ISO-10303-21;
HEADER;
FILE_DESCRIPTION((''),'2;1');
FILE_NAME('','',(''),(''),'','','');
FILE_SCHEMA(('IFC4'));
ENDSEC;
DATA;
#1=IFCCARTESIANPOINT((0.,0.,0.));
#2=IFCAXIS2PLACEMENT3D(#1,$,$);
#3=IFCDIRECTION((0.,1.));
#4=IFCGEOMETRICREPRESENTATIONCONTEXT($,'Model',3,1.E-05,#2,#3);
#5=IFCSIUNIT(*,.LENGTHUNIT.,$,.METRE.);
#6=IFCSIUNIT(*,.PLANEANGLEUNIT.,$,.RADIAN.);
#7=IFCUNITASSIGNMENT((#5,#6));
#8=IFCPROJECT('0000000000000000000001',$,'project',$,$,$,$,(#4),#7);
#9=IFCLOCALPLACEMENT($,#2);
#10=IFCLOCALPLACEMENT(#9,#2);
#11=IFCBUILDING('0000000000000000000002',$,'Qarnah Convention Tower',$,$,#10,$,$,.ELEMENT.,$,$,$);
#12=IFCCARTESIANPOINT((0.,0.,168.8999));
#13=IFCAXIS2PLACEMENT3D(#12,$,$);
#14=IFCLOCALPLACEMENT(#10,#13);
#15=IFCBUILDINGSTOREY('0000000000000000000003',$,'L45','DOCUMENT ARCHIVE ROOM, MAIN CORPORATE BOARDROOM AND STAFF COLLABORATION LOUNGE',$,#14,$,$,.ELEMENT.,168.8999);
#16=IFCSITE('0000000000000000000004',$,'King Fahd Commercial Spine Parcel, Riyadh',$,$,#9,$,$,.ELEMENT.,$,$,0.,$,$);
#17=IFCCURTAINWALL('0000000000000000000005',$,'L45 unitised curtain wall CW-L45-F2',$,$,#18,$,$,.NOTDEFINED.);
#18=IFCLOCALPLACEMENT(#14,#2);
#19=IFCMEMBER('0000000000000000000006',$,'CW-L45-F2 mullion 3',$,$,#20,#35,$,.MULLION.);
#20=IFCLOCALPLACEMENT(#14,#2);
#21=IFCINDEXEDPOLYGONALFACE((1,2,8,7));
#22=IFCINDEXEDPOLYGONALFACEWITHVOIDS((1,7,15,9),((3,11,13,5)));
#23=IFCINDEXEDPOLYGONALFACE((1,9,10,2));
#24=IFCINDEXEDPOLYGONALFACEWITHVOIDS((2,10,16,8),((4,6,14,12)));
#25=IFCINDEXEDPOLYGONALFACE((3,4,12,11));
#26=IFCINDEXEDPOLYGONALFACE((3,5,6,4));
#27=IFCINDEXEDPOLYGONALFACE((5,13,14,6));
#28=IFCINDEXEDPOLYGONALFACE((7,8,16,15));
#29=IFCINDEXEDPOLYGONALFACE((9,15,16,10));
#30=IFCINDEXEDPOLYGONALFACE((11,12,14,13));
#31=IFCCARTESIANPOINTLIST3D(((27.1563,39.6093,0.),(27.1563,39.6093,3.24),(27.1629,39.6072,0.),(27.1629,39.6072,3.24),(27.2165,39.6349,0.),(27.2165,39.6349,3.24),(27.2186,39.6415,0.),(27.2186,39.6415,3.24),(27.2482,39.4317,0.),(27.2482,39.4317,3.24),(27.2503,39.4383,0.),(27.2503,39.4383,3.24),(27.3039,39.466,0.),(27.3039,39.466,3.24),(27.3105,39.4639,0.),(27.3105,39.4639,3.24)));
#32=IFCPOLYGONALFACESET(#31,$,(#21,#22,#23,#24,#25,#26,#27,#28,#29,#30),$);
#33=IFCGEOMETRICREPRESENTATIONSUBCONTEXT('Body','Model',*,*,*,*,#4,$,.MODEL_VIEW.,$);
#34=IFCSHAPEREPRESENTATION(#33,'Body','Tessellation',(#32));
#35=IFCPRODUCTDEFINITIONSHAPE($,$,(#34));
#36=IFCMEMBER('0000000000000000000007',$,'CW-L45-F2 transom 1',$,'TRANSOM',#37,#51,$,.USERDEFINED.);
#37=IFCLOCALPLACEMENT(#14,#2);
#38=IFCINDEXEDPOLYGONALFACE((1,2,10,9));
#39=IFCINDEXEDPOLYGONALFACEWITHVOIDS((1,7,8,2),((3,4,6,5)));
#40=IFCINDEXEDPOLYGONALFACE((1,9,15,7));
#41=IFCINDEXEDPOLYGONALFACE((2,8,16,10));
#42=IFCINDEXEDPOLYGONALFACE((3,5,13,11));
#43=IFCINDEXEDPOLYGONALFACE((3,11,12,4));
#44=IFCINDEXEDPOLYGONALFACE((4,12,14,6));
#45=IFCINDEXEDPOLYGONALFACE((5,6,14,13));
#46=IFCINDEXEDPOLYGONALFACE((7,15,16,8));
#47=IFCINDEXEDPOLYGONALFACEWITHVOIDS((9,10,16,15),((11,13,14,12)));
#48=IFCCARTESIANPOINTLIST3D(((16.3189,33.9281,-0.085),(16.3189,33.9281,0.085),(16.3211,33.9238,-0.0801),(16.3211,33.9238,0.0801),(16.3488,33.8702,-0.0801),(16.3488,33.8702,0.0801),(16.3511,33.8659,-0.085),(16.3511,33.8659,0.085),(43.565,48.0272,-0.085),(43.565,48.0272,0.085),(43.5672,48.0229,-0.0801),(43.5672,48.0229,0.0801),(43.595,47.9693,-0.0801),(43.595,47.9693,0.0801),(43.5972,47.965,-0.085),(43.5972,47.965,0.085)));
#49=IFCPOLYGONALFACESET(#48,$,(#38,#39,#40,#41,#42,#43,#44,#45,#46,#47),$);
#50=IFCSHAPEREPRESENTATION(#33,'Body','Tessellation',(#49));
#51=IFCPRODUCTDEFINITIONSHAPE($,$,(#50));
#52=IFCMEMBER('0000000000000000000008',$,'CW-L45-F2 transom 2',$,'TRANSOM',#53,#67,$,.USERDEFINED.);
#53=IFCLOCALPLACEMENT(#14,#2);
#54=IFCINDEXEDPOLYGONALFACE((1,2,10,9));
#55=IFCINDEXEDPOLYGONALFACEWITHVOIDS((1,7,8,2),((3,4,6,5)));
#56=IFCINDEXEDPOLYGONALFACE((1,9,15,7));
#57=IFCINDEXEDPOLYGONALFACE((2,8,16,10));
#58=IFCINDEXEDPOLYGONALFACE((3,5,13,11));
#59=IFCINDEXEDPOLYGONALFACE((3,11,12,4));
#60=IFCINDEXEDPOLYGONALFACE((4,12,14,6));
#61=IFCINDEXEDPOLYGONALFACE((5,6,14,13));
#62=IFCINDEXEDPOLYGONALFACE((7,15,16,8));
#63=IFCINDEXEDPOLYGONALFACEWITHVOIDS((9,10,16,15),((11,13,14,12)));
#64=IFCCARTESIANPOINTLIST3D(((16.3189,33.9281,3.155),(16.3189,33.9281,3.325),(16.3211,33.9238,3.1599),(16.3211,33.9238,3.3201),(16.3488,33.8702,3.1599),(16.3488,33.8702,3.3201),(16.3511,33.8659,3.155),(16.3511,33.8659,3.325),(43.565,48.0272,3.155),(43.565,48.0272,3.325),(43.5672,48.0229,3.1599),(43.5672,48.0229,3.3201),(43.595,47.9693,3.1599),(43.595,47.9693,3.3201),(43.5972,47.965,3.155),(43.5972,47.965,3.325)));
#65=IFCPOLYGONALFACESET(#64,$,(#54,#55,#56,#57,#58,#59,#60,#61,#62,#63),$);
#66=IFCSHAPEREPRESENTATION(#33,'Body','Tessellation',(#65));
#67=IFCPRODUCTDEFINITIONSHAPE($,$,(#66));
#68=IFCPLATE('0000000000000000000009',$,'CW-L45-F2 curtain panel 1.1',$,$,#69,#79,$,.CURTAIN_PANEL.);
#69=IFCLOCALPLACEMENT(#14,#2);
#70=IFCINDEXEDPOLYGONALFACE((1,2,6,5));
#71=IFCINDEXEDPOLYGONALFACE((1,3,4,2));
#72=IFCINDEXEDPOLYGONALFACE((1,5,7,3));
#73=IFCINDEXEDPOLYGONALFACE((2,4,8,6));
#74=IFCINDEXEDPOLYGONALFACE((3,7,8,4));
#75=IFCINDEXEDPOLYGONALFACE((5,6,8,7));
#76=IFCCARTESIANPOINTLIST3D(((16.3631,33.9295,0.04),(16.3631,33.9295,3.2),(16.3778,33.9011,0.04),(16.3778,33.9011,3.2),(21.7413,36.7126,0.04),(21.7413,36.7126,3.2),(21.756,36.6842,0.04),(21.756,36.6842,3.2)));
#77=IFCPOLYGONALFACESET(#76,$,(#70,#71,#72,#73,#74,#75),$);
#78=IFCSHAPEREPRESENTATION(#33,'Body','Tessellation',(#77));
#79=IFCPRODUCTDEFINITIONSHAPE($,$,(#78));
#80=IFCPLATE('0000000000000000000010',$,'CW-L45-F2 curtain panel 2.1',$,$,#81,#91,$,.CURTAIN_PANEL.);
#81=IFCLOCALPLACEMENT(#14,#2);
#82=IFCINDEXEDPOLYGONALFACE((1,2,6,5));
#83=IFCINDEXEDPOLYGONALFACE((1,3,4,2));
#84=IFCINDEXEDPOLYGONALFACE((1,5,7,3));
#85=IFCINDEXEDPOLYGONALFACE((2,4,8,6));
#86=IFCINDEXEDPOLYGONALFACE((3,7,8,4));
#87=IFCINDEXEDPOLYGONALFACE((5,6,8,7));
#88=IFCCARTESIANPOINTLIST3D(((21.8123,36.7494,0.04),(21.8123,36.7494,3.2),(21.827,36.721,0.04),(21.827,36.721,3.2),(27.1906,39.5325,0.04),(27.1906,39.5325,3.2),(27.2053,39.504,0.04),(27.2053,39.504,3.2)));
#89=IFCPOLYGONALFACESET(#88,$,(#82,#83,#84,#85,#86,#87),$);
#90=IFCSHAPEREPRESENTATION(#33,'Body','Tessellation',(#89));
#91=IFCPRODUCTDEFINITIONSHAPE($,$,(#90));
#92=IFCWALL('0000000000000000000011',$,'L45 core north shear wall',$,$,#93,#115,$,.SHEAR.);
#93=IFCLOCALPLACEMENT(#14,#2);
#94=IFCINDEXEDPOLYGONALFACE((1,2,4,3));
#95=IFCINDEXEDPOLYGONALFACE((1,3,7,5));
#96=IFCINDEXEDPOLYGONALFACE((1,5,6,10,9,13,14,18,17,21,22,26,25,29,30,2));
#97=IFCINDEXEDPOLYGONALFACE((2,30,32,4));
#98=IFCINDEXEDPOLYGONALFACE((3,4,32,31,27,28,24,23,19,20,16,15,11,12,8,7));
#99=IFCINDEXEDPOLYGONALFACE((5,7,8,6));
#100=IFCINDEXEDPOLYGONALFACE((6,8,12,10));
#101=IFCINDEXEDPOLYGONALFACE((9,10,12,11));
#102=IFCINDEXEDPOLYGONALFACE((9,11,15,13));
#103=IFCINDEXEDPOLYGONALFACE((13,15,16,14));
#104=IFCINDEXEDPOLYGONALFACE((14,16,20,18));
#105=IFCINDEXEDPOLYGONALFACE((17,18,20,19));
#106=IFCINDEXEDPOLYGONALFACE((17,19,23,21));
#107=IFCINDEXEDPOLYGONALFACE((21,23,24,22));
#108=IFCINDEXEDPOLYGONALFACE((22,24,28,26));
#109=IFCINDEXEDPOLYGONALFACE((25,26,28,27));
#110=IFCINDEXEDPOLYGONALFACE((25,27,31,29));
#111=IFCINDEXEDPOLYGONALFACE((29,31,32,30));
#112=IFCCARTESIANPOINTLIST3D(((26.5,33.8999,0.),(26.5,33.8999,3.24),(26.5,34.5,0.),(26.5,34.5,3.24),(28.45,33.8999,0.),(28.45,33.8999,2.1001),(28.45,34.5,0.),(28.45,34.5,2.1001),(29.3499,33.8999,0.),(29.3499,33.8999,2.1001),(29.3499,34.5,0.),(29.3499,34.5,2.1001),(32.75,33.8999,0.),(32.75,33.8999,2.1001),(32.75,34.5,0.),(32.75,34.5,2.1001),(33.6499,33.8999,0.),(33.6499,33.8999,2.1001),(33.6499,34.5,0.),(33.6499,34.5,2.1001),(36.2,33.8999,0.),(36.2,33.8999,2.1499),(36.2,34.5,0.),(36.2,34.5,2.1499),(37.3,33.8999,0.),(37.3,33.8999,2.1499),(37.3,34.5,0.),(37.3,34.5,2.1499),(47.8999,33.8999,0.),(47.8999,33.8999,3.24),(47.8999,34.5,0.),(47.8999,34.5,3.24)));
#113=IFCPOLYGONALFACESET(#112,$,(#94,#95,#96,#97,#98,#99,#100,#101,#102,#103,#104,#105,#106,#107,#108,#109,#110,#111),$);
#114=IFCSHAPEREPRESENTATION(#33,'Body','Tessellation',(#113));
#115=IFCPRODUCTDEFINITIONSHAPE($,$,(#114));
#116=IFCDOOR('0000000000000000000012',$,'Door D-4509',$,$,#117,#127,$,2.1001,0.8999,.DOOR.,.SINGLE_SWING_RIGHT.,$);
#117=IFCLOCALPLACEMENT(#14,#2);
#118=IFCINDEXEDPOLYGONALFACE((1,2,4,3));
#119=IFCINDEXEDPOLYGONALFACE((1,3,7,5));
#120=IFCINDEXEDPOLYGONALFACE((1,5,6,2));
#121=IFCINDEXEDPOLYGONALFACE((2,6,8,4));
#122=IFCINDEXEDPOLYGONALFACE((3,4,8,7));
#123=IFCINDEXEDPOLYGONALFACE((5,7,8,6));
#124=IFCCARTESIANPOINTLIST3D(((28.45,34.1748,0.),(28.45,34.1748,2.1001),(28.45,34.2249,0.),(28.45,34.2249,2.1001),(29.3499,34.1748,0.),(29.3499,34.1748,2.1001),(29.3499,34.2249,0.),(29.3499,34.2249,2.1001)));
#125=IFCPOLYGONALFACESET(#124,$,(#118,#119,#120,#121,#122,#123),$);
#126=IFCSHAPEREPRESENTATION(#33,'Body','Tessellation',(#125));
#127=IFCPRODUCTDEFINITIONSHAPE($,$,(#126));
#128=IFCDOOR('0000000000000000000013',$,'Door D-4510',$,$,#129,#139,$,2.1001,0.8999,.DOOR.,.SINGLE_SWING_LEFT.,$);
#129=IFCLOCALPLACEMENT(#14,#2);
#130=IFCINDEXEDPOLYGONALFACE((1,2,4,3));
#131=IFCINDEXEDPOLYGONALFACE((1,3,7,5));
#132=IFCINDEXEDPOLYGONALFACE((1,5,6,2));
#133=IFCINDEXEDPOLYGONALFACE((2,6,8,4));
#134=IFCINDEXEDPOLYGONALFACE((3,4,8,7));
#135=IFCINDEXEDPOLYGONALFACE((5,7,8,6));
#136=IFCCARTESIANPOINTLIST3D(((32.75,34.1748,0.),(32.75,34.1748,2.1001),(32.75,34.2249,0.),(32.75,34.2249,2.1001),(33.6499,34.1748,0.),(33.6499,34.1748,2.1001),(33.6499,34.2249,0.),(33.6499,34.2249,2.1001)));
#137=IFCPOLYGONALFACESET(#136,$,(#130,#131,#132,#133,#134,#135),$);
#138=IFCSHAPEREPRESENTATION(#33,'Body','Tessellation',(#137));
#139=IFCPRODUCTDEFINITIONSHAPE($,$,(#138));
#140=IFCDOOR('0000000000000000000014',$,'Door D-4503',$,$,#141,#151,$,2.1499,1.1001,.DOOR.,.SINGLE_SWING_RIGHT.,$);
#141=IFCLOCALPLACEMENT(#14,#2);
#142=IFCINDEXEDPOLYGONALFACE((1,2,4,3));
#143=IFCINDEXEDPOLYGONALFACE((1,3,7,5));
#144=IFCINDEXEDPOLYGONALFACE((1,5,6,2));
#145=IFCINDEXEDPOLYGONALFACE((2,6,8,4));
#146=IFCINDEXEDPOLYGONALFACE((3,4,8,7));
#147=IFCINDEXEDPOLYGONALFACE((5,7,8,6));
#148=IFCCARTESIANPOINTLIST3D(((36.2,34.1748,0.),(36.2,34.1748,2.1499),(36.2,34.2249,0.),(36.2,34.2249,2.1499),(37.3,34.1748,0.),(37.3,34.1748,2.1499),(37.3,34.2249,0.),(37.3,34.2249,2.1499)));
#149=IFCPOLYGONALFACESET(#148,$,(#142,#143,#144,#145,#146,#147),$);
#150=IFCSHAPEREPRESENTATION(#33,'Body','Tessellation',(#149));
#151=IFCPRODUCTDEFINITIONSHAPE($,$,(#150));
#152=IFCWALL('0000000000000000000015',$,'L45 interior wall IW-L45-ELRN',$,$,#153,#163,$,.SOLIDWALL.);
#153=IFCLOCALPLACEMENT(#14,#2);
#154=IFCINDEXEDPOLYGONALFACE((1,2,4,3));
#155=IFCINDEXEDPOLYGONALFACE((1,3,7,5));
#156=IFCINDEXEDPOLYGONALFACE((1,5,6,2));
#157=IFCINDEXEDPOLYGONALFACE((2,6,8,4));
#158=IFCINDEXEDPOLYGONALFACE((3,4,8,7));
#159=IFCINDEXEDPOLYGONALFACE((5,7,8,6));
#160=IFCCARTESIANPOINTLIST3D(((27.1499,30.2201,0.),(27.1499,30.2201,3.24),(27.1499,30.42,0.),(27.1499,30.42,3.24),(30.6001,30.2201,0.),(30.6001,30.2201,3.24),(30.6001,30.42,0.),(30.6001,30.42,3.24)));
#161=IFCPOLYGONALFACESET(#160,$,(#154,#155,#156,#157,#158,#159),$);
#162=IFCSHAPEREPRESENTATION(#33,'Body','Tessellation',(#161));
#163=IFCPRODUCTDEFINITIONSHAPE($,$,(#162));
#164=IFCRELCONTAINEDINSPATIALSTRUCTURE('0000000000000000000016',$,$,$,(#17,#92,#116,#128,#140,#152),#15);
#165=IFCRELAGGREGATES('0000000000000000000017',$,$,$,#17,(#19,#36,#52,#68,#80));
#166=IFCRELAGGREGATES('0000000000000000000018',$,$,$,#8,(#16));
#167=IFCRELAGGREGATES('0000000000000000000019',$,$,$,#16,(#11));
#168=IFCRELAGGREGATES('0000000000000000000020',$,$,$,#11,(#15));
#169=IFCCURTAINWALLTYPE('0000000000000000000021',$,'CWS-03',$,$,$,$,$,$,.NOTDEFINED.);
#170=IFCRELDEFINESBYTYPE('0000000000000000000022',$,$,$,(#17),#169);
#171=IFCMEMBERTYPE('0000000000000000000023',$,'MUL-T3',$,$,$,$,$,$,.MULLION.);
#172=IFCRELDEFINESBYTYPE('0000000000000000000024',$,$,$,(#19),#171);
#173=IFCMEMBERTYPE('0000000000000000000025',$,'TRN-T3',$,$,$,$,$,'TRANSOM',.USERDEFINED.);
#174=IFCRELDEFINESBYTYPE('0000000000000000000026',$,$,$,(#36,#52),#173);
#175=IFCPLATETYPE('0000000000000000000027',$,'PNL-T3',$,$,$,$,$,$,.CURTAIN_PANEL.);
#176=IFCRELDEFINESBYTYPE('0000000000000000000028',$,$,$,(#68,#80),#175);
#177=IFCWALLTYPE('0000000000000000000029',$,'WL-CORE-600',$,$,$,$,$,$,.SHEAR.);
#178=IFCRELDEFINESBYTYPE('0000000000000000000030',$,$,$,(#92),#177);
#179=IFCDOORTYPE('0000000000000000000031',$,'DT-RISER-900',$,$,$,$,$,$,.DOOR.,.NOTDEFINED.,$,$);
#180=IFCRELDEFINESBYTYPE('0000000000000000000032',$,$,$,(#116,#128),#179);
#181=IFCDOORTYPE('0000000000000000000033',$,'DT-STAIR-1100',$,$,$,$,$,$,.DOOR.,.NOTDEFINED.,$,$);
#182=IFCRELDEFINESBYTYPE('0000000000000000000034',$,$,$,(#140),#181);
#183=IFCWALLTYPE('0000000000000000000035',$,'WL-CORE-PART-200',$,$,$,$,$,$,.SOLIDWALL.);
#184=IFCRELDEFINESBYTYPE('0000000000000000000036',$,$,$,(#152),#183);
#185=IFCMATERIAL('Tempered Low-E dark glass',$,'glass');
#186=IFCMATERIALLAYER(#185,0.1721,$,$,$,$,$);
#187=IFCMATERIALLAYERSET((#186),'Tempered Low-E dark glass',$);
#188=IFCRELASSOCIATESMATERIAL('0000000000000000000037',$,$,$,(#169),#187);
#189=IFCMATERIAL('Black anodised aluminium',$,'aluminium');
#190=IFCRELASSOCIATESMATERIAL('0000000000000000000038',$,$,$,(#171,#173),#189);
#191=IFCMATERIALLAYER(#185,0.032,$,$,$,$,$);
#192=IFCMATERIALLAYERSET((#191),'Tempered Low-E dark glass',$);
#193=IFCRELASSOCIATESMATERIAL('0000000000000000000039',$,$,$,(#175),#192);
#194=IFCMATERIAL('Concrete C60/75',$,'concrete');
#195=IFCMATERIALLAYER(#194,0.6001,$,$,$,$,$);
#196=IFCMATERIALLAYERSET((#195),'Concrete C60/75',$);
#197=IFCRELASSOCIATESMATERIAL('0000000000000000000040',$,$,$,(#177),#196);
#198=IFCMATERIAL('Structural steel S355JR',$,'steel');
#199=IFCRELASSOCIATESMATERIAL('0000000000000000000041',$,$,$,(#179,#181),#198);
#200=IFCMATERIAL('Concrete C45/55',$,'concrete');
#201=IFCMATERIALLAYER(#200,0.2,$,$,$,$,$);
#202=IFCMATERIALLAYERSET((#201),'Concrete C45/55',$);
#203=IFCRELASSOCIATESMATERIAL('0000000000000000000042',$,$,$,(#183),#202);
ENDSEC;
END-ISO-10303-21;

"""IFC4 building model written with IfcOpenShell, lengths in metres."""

from ifc_helpers import new_model, si_unit, direction, frame, frame_2d, origin, origin_2d, place, context, subcontext, project, spatial, rectangle, hollow_rectangle, extrude, material, layer, layer_set, material_profile, profile_set, type_object, element, fill, aggregate, save


model = new_model("IFC4")

# Units and contexts
model_context = context("Model", 3, precision=1e-05, world=origin(), true_north=direction((0.0, 1.0)))
body_context = subcontext(model_context, "Body", "Model", "MODEL_VIEW")
ifc_project = project(units=[si_unit("LENGTHUNIT", "METRE"), si_unit("PLANEANGLEUNIT", "RADIAN")], contexts=[model_context])

# Site, building, storey
site_placement = place(None, origin())
site = spatial("IfcSite", under=ifc_project, at=site_placement, Name="King Fahd Commercial Spine Parcel, Riyadh", CompositionType="ELEMENT", RefElevation=0.0)
building_placement = place(site_placement, origin())
building = spatial("IfcBuilding", under=site, at=building_placement, Name="Qarnah Convention Tower", CompositionType="ELEMENT")
storey_placement = place(building_placement, frame((0.0, 0.0, 168.8999)))
storey = spatial("IfcBuildingStorey", under=building, at=storey_placement, Name="L45", Description="DOCUMENT ARCHIVE ROOM, MAIN CORPORATE BOARDROOM AND STAFF COLLABORATION LOUNGE", CompositionType="ELEMENT", Elevation=168.8999)

# Shared definitions
ifc_material_1 = material(Name="Concrete C60/75", Category="concrete")

# Shared definitions
ifc_material_2 = material(Name="Structural steel S355JR", Category="steel")

# Curtain wall, members, plates
ifc_material_3 = material(Name="Tempered Low-E dark glass", Category="glass")
ifc_layer_1 = layer(ifc_material_3, 0.1721)
ifc_layer_set_1 = layer_set([ifc_layer_1], Name="Tempered Low-E dark glass")
curtain_wall_type = type_object("IfcCurtainWallType", Name="CWS-03", PredefinedType="NOTDEFINED", material=ifc_layer_set_1)
curtain_wall_placement = place(storey_placement, origin())
curtain_wall = element("IfcCurtainWall", 1, at=curtain_wall_placement, inside=storey, type_object=curtain_wall_type, Name="L45 unitised curtain wall CW-L45-F2", PredefinedType="NOTDEFINED")
ifc_material_4 = material(Name="Black anodised aluminium", Category="aluminium")
ifc_material_profile_1 = material_profile(ifc_material_4, hollow_rectangle(XDim=0.0701, YDim=0.2, WallThickness=0.0049, at=origin_2d()), Name="MUL-70X200")
ifc_profile_set_1 = profile_set([ifc_material_profile_1], Name="Black anodised aluminium")
member_type_1 = type_object("IfcMemberType", Name="MUL-T3", PredefinedType="MULLION", material=ifc_profile_set_1)
member_1_placement = place(storey_placement, frame((27.2334, 39.5366, 0.0), z_axis=(0.0, 0.0, 1.0), x_axis=(0.888135, 0.459583, 0.0)))
member_1 = element("IfcMember", 2, at=member_1_placement, type_object=member_type_1, Name="CW-L45-F2 mullion 3", PredefinedType="MULLION", context=body_context, shape_type="SweptSolid", body=[
    extrude(hollow_rectangle(XDim=0.0701, YDim=0.2, WallThickness=0.0049, at=origin_2d()), origin(), (0.0, 0.0, 1.0), 3.24),
])
ifc_material_profile_2 = material_profile(ifc_material_4, hollow_rectangle(XDim=0.0701, YDim=0.1699, WallThickness=0.0049, at=origin_2d()), Name="TRN-70X170")
ifc_profile_set_2 = profile_set([ifc_material_profile_2], Name="Black anodised aluminium")
member_type_2 = type_object("IfcMemberType", Name="TRN-T3", ElementType="TRANSOM", PredefinedType="USERDEFINED", material=ifc_profile_set_2)
member_2_placement = place(storey_placement, frame((16.335, 33.897, 0.0), z_axis=(0.888134, 0.459585, 0.0), x_axis=(-0.459585, 0.888134, 0.0)))
member_2 = element("IfcMember", 3, at=member_2_placement, type_object=member_type_2, Name="CW-L45-F2 transom 1", ObjectType="TRANSOM", PredefinedType="USERDEFINED", context=body_context, shape_type="SweptSolid", body=[
    extrude(hollow_rectangle(XDim=0.0701, YDim=0.1699, WallThickness=0.0049, at=origin_2d()), origin(), (0.0, 0.0, 1.0), 30.678),
])
member_3_placement = place(storey_placement, frame((16.335, 33.897, 3.24), z_axis=(0.888134, 0.459585, 0.0), x_axis=(-0.459585, 0.888134, 0.0)))
member_3 = element("IfcMember", 4, at=member_3_placement, type_object=member_type_2, Name="CW-L45-F2 transom 2", ObjectType="TRANSOM", PredefinedType="USERDEFINED", context=body_context, shape_type="SweptSolid", body=[
    extrude(hollow_rectangle(XDim=0.0701, YDim=0.1699, WallThickness=0.0049, at=origin_2d()), origin(), (0.0, 0.0, 1.0), 30.678),
])
ifc_layer_2 = layer(ifc_material_3, 0.032)
ifc_layer_set_2 = layer_set([ifc_layer_2], Name="Tempered Low-E dark glass")
plate_type = type_object("IfcPlateType", Name="PNL-T3", PredefinedType="CURTAIN_PANEL", material=ifc_layer_set_2)
plate_1_placement = place(storey_placement, frame((19.0596, 35.3069, 0.04), z_axis=(0.0, 0.0, 1.0), x_axis=(0.888135, 0.459583, 0.0)))
plate_1 = element("IfcPlate", 5, at=plate_1_placement, type_object=plate_type, Name="CW-L45-F2 curtain panel 1.1", PredefinedType="CURTAIN_PANEL", context=body_context, shape_type="SweptSolid", body=[
    extrude(rectangle(XDim=6.0557, YDim=0.032, at=origin_2d()), origin(), (0.0, 0.0, 1.0), 3.1599),
])
plate_2_placement = place(storey_placement, frame((24.5088, 38.1267, 0.04), z_axis=(0.0, 0.0, 1.0), x_axis=(0.888135, 0.459583, 0.0)))
plate_2 = element("IfcPlate", 6, at=plate_2_placement, type_object=plate_type, Name="CW-L45-F2 curtain panel 2.1", PredefinedType="CURTAIN_PANEL", context=body_context, shape_type="SweptSolid", body=[
    extrude(rectangle(XDim=6.0557, YDim=0.032, at=origin_2d()), origin(), (0.0, 0.0, 1.0), 3.1599),
])
aggregate(curtain_wall, [member_1, member_2, member_3, plate_1, plate_2])

# Wall, openings, doors
ifc_layer_3 = layer(ifc_material_1, 0.6001)
ifc_layer_set_3 = layer_set([ifc_layer_3], Name="Concrete C60/75")
wall_type_1 = type_object("IfcWallType", Name="WL-CORE-600", PredefinedType="SHEAR", material=ifc_layer_set_3)
wall_1_placement = place(storey_placement, frame((26.5, 34.2, 0.0), z_axis=(0.0, 0.0, 1.0), x_axis=(1.0, 0.0, 0.0)))
wall_1 = element("IfcWall", 7, at=wall_1_placement, inside=storey, type_object=wall_type_1, Name="L45 core north shear wall", PredefinedType="SHEAR", context=body_context, shape_type="SweptSolid", body=[
    extrude(rectangle(XDim=21.3999, YDim=0.6001, at=frame_2d((10.7, 0.0))), origin(), (0.0, 0.0, 1.0), 3.24),
])
opening_1_placement = place(wall_1_placement, frame((9.7, 0.0, 0.0)))
opening_1 = element("IfcOpeningElement", 8, at=opening_1_placement, cuts=wall_1, PredefinedType="OPENING", context=body_context, shape_type="SweptSolid", body=[
    extrude(rectangle(XDim=1.1001, YDim=2.1499, at=frame_2d((0.55, 1.075))), frame((0.0, 0.3101, 0.0), z_axis=(0.0, -1.0, 0.0), x_axis=(1.0, 0.0, 0.0)), (0.0, 0.0, 1.0), 0.6201),
])
opening_2_placement = place(wall_1_placement, frame((1.95, 0.0, 0.0)))
opening_2 = element("IfcOpeningElement", 9, at=opening_2_placement, cuts=wall_1, PredefinedType="OPENING", context=body_context, shape_type="SweptSolid", body=[
    extrude(rectangle(XDim=0.8999, YDim=2.1001, at=frame_2d((0.45, 1.05))), frame((0.0, 0.3101, 0.0), z_axis=(0.0, -1.0, 0.0), x_axis=(1.0, 0.0, 0.0)), (0.0, 0.0, 1.0), 0.6201),
])
opening_3_placement = place(wall_1_placement, frame((6.25, 0.0, 0.0)))
opening_3 = element("IfcOpeningElement", 10, at=opening_3_placement, cuts=wall_1, PredefinedType="OPENING", context=body_context, shape_type="SweptSolid", body=[
    extrude(rectangle(XDim=0.8999, YDim=2.1001, at=frame_2d((0.45, 1.05))), frame((0.0, 0.3101, 0.0), z_axis=(0.0, -1.0, 0.0), x_axis=(1.0, 0.0, 0.0)), (0.0, 0.0, 1.0), 0.6201),
])
door_type_1 = type_object("IfcDoorType", Name="DT-RISER-900", OperationType="NOTDEFINED", PredefinedType="DOOR", material=ifc_material_2)
door_1_placement = place(opening_2_placement, origin())
door_1 = element("IfcDoor", 11, at=door_1_placement, inside=storey, type_object=door_type_1, Name="Door D-4509", OperationType="SINGLE_SWING_RIGHT", OverallHeight=2.1001, OverallWidth=0.8999, PredefinedType="DOOR", context=body_context, shape_type="SweptSolid", body=[
    extrude(rectangle(XDim=0.8999, YDim=2.1001, at=frame_2d((0.45, 1.05))), frame((0.0, 0.0249, 0.0), z_axis=(0.0, -1.0, 0.0), x_axis=(1.0, 0.0, 0.0)), (0.0, 0.0, 1.0), 0.05),
])
fill(opening_2, door_1)
door_2_placement = place(opening_3_placement, origin())
door_2 = element("IfcDoor", 12, at=door_2_placement, inside=storey, type_object=door_type_1, Name="Door D-4510", OperationType="SINGLE_SWING_LEFT", OverallHeight=2.1001, OverallWidth=0.8999, PredefinedType="DOOR", context=body_context, shape_type="SweptSolid", body=[
    extrude(rectangle(XDim=0.8999, YDim=2.1001, at=frame_2d((0.45, 1.05))), frame((0.0, 0.0249, 0.0), z_axis=(0.0, -1.0, 0.0), x_axis=(1.0, 0.0, 0.0)), (0.0, 0.0, 1.0), 0.05),
])
fill(opening_3, door_2)
door_type_2 = type_object("IfcDoorType", Name="DT-STAIR-1100", OperationType="NOTDEFINED", PredefinedType="DOOR", material=ifc_material_2)
door_3_placement = place(opening_1_placement, origin())
door_3 = element("IfcDoor", 13, at=door_3_placement, inside=storey, type_object=door_type_2, Name="Door D-4503", OperationType="SINGLE_SWING_RIGHT", OverallHeight=2.1499, OverallWidth=1.1001, PredefinedType="DOOR", context=body_context, shape_type="SweptSolid", body=[
    extrude(rectangle(XDim=1.1001, YDim=2.1499, at=frame_2d((0.55, 1.075))), frame((0.0, 0.0249, 0.0), z_axis=(0.0, -1.0, 0.0), x_axis=(1.0, 0.0, 0.0)), (0.0, 0.0, 1.0), 0.05),
])
fill(opening_1, door_3)

# Wall
ifc_material_5 = material(Name="Concrete C45/55", Category="concrete")
ifc_layer_4 = layer(ifc_material_5, 0.2)
ifc_layer_set_4 = layer_set([ifc_layer_4], Name="Concrete C45/55")
wall_type_2 = type_object("IfcWallType", Name="WL-CORE-PART-200", PredefinedType="SOLIDWALL", material=ifc_layer_set_4)
wall_2_placement = place(storey_placement, frame((27.1499, 30.3201, 0.0), z_axis=(0.0, 0.0, 1.0), x_axis=(1.0, 0.0, 0.0)))
element("IfcWall", 14, at=wall_2_placement, inside=storey, type_object=wall_type_2, Name="L45 interior wall IW-L45-ELRN", PredefinedType="SOLIDWALL", context=body_context, shape_type="SweptSolid", body=[
    extrude(rectangle(XDim=3.4502, YDim=0.2, at=frame_2d((1.7251, 0.0))), origin(), (0.0, 0.0, 1.0), 3.24),
])

save(model, "model.ifc")
